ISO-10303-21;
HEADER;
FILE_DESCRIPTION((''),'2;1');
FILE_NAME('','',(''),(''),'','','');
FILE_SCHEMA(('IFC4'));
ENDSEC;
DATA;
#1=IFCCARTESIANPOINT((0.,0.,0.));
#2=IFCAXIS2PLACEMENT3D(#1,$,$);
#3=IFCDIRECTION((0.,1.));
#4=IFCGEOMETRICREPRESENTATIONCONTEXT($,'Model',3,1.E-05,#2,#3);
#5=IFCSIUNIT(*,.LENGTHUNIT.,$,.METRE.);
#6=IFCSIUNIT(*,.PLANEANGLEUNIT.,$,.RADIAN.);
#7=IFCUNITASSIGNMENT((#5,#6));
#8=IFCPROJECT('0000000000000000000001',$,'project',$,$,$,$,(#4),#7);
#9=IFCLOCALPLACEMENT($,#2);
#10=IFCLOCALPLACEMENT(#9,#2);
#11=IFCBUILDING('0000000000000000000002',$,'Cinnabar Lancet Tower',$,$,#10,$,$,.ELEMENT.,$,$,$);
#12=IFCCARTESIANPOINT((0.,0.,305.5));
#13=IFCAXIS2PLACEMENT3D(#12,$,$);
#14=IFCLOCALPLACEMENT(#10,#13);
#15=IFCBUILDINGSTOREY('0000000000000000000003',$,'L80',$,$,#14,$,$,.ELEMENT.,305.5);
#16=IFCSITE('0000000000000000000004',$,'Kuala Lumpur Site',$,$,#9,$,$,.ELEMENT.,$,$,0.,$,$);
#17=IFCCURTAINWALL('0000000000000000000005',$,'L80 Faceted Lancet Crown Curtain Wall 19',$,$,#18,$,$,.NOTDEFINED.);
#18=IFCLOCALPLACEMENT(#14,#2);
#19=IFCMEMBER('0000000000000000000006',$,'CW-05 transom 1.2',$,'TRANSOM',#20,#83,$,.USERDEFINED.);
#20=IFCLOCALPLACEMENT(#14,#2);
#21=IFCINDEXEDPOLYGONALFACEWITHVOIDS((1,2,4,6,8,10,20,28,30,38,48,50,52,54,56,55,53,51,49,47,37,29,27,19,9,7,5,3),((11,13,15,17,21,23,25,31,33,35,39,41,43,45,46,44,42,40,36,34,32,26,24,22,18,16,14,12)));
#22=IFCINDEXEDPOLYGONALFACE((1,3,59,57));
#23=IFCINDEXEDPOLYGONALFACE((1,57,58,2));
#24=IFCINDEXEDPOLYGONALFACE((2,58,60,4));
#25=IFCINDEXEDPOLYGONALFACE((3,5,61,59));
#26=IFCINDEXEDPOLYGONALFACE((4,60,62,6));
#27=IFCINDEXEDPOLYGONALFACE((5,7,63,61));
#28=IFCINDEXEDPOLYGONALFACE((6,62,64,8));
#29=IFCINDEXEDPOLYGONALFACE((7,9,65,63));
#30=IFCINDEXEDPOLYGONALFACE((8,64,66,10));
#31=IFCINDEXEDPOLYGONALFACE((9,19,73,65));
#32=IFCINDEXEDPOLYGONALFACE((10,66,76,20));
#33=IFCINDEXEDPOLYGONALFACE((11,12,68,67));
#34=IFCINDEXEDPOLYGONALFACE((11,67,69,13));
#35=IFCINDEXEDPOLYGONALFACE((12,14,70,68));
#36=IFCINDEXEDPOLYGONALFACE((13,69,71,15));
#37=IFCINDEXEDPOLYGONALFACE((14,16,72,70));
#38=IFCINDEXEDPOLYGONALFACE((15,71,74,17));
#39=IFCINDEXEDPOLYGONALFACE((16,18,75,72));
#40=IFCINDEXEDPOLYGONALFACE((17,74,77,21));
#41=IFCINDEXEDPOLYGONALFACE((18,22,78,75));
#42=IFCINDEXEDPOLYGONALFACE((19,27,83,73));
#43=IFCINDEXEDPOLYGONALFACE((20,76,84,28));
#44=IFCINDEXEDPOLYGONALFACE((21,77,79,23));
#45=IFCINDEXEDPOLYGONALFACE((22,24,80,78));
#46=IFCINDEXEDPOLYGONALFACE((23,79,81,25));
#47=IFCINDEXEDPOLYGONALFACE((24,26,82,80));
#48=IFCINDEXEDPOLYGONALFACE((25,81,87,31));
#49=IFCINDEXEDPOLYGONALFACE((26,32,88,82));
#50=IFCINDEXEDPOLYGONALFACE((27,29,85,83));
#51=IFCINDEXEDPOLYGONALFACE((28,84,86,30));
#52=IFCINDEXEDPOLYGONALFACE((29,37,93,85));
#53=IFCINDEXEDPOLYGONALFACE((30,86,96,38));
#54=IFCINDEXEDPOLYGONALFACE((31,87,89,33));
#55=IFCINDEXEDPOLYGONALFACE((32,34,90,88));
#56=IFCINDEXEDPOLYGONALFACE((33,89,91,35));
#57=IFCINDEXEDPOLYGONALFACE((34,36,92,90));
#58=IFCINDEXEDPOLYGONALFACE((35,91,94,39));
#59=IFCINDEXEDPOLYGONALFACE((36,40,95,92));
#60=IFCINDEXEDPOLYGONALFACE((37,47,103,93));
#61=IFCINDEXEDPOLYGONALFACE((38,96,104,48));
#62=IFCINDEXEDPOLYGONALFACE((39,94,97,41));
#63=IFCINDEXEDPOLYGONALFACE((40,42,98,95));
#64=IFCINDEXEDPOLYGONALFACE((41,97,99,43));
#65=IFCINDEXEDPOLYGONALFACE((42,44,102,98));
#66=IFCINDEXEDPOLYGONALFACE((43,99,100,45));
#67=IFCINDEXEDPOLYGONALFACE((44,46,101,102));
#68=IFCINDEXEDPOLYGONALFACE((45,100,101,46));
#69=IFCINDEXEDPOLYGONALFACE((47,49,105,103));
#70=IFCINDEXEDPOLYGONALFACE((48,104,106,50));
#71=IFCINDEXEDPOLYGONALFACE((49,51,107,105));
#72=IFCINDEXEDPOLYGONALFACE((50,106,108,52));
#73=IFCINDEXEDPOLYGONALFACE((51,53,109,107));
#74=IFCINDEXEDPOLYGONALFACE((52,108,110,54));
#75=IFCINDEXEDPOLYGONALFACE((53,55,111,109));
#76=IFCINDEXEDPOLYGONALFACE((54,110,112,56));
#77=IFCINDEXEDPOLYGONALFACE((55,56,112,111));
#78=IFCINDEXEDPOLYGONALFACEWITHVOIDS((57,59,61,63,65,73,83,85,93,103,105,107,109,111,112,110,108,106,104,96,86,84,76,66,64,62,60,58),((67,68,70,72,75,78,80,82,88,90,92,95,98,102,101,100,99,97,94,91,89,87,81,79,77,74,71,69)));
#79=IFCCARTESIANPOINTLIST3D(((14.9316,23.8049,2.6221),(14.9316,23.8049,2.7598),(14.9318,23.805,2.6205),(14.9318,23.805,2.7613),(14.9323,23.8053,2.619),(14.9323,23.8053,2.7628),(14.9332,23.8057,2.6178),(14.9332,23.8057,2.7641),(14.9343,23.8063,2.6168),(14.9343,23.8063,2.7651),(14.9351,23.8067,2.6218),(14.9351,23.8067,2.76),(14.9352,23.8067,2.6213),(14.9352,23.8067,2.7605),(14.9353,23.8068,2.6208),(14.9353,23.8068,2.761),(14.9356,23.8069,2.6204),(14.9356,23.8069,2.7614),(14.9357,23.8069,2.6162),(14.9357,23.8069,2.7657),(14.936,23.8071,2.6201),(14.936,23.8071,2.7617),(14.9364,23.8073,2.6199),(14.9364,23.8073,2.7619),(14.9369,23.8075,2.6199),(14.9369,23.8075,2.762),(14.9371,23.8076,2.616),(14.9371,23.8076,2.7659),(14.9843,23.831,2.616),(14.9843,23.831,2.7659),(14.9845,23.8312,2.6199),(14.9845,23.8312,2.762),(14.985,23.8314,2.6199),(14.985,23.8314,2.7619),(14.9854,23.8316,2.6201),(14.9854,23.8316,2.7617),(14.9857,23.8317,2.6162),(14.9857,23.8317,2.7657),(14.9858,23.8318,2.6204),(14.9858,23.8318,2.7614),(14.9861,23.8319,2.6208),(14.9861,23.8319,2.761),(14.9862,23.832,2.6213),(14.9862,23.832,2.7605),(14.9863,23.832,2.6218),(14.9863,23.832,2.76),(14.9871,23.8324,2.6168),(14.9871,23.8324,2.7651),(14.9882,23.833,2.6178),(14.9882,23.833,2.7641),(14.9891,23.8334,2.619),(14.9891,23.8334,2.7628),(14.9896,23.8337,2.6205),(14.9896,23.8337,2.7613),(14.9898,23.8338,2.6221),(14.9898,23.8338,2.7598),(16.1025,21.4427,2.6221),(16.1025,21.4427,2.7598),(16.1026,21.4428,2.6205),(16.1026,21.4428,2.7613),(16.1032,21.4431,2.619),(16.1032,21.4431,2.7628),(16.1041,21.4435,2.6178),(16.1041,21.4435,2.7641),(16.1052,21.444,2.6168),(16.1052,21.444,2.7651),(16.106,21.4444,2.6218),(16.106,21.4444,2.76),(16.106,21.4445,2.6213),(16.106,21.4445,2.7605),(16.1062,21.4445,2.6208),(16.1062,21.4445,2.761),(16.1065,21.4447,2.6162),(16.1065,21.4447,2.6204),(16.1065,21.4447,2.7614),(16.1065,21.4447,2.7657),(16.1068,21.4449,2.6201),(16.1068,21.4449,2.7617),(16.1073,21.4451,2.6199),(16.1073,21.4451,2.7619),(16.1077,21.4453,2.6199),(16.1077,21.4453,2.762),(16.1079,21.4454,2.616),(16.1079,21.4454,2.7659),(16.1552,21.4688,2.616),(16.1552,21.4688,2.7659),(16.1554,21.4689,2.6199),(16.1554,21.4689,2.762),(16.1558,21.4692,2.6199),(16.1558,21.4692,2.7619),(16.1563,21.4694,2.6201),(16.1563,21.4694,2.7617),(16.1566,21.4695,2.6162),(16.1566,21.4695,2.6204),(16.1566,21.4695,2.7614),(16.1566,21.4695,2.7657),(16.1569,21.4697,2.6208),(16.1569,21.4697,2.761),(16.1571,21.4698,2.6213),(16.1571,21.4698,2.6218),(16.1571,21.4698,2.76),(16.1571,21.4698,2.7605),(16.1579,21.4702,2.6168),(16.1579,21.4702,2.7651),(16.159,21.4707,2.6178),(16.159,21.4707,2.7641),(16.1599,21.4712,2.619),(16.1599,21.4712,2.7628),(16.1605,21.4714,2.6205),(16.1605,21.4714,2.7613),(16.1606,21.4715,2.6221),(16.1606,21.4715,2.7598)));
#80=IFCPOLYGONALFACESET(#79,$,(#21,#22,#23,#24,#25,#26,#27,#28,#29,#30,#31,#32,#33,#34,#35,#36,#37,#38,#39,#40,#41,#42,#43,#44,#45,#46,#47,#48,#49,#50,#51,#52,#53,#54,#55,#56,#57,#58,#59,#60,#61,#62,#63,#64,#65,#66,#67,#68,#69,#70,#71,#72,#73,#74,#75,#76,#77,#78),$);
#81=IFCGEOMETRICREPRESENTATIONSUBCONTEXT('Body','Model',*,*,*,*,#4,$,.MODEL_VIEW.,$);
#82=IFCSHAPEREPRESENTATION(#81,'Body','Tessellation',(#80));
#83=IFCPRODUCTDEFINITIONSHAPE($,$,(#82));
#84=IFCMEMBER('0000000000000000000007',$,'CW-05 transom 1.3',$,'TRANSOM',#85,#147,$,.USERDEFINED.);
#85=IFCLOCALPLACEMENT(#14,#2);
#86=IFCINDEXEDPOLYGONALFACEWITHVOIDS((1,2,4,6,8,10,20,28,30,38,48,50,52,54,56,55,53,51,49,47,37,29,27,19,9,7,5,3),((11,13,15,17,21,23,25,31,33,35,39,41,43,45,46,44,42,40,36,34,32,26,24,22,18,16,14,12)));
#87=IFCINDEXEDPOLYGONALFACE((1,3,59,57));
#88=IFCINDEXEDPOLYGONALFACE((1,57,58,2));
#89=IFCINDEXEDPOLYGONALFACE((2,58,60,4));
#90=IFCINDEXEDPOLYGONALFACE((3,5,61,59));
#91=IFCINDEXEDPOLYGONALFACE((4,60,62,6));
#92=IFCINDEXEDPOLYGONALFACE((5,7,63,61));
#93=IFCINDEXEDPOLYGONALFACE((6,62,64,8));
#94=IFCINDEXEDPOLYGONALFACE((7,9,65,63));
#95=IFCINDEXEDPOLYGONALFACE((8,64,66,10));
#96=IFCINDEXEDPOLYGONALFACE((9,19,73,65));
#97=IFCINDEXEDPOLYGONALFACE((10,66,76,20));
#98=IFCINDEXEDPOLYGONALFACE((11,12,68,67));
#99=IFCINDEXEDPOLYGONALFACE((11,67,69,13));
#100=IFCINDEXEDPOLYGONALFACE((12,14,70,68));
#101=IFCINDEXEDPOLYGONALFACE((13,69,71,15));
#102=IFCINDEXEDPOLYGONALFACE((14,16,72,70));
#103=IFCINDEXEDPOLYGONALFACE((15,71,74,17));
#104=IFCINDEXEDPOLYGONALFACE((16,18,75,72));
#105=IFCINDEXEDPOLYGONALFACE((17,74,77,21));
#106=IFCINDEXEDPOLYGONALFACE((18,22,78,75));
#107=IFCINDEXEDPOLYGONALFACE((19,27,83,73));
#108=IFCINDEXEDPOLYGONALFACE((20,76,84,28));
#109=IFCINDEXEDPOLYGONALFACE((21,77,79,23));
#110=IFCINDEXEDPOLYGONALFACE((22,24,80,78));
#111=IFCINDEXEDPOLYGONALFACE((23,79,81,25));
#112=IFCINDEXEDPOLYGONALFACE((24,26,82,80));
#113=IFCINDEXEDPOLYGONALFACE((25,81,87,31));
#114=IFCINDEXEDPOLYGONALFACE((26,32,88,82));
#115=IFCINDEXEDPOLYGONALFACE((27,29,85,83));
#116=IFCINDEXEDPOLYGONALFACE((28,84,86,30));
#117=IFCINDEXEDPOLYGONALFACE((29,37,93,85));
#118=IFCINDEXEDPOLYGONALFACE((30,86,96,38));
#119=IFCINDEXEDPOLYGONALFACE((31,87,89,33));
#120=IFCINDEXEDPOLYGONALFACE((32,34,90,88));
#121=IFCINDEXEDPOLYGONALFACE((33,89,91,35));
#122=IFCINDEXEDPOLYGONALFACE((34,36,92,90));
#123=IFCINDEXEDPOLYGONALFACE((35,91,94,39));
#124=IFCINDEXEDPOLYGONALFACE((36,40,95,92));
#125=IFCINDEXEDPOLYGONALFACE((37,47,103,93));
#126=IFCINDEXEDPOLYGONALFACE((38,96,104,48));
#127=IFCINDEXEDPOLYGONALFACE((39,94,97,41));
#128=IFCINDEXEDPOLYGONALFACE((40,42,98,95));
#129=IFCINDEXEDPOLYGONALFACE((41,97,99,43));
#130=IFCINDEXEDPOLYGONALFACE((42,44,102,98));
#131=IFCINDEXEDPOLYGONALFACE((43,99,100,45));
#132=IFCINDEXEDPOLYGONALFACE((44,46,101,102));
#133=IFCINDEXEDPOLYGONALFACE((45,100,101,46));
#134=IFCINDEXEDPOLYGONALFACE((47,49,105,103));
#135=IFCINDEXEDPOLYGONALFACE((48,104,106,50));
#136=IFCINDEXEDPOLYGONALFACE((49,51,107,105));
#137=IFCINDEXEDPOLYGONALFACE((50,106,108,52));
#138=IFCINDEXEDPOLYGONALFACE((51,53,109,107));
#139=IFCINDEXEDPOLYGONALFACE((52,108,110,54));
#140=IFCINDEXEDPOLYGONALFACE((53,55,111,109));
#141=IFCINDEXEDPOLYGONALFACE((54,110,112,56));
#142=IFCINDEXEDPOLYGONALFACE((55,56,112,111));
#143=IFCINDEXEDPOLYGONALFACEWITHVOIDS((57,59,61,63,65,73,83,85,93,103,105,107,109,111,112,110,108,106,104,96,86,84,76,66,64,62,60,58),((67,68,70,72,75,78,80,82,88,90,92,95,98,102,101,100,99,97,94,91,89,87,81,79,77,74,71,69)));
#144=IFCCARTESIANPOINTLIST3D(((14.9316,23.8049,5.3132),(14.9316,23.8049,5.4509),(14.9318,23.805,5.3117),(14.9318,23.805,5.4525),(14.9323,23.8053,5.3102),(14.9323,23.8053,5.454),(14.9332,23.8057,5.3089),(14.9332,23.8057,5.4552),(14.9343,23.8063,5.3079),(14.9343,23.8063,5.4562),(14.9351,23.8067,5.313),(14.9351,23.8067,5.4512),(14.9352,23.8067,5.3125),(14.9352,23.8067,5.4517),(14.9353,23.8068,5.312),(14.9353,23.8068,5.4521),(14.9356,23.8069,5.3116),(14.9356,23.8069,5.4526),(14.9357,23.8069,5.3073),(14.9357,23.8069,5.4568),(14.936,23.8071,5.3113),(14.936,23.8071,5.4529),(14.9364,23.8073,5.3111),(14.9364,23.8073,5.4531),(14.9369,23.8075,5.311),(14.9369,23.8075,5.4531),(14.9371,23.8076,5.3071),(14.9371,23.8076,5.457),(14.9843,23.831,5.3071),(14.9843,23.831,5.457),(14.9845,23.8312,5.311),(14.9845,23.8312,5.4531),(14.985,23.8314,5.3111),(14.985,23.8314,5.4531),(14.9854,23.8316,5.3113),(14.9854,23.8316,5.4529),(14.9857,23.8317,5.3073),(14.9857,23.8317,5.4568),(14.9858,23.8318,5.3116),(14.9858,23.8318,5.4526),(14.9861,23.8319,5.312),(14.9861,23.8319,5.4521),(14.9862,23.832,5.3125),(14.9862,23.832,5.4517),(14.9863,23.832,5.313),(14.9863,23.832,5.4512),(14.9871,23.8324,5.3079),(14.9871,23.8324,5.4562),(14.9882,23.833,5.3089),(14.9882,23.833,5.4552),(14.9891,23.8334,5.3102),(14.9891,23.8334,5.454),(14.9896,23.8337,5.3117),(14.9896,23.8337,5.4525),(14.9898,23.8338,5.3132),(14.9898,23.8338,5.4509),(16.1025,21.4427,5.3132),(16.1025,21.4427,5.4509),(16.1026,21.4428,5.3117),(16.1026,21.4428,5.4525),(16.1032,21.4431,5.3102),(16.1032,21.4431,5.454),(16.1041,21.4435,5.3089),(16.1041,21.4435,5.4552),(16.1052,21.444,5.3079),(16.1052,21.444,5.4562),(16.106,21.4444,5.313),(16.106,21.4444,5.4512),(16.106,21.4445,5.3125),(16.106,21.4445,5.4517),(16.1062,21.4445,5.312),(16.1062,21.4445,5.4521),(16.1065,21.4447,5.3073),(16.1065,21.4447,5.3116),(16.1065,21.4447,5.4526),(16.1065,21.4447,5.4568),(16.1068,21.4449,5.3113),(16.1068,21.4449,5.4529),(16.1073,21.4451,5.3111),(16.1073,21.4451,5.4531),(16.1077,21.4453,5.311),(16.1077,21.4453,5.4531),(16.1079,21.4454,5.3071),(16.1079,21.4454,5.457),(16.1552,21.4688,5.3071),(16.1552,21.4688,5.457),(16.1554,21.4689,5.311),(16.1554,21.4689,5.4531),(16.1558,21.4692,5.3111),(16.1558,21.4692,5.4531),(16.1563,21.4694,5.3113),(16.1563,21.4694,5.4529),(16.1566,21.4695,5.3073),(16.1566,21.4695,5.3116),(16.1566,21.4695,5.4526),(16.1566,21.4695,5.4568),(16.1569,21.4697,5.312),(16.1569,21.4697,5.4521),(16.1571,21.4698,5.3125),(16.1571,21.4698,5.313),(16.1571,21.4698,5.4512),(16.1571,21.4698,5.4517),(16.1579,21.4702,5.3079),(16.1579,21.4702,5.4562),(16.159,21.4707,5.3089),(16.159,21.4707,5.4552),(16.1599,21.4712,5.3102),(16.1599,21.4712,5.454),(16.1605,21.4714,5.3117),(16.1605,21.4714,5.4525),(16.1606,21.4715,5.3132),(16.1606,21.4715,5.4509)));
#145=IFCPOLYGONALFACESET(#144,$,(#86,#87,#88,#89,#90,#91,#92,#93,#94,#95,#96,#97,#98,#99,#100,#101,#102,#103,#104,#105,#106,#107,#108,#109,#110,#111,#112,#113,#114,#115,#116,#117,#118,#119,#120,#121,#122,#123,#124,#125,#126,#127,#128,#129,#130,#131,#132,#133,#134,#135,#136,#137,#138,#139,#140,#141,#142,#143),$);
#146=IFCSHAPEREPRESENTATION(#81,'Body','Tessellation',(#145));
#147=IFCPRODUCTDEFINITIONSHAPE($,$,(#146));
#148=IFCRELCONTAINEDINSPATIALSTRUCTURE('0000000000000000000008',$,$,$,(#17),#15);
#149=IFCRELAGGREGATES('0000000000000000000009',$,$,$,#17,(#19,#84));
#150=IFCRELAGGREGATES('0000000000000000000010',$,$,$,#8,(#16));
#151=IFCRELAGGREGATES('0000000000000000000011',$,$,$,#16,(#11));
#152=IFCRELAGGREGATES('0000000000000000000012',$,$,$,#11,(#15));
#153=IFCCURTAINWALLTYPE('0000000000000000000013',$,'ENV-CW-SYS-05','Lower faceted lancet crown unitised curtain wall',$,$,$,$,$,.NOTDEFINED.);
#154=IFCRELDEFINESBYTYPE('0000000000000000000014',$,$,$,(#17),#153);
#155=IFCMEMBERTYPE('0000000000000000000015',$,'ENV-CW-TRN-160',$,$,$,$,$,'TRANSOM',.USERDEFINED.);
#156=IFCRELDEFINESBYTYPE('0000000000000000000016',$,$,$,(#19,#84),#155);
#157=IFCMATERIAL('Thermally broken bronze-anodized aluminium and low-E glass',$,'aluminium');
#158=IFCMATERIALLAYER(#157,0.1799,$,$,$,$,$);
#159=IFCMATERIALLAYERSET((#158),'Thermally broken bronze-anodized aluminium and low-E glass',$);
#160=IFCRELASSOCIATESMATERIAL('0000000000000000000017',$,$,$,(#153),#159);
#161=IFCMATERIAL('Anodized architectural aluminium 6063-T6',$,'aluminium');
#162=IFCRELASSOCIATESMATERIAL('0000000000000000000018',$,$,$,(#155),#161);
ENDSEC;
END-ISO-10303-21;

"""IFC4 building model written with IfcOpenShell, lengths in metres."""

from ifc_helpers import new_model, si_unit, direction, frame, origin, origin_2d, place, context, subcontext, project, spatial, hollow_rectangle, extrude, material, layer, layer_set, material_profile, profile_set, type_object, element, aggregate, save


model = new_model("IFC4")

# Units and contexts
model_context = context("Model", 3, precision=1e-05, world=origin(), true_north=direction((0.0, 1.0)))
body_context = subcontext(model_context, "Body", "Model", "MODEL_VIEW")
ifc_project = project(units=[si_unit("LENGTHUNIT", "METRE"), si_unit("PLANEANGLEUNIT", "RADIAN")], contexts=[model_context])

# Site, building, storey
site_placement = place(None, origin())
site = spatial("IfcSite", under=ifc_project, at=site_placement, Name="Kuala Lumpur Site", CompositionType="ELEMENT", RefElevation=0.0)
building_placement = place(site_placement, origin())
building = spatial("IfcBuilding", under=site, at=building_placement, Name="Cinnabar Lancet Tower", CompositionType="ELEMENT")
storey_placement = place(building_placement, frame((0.0, 0.0, 305.5)))
storey = spatial("IfcBuildingStorey", under=building, at=storey_placement, Name="L80", CompositionType="ELEMENT", Elevation=305.5)

# Curtain wall
ifc_material_1 = material(Name="Thermally broken bronze-anodized aluminium and low-E glass", Category="aluminium")
ifc_layer_1 = layer(ifc_material_1, 0.1799)
ifc_layer_set_1 = layer_set([ifc_layer_1], Name="Thermally broken bronze-anodized aluminium and low-E glass")
curtain_wall_type = type_object("IfcCurtainWallType", Name="ENV-CW-SYS-05", Description="Lower faceted lancet crown unitised curtain wall", PredefinedType="NOTDEFINED", material=ifc_layer_set_1)
curtain_wall_1_placement = place(storey_placement, origin())
curtain_wall_1 = element("IfcCurtainWall", 1, at=curtain_wall_1_placement, inside=storey, type_object=curtain_wall_type, Name="L80 Faceted Lancet Crown Curtain Wall 19", PredefinedType="NOTDEFINED")

# Members
ifc_material_2 = material(Name="Anodized architectural aluminium 6063-T6", Category="aluminium")
ifc_material_profile_1 = material_profile(ifc_material_2, hollow_rectangle(XDim=0.0649, YDim=0.1499, WallThickness=0.0039, InnerFilletRadius=0.002, OuterFilletRadius=0.0061, at=origin_2d()), Name="CW-TRN 150x65x4")
ifc_profile_set_1 = profile_set([ifc_material_profile_1], Name="Anodized architectural aluminium 6063-T6")
member_type_1 = type_object("IfcMemberType", Name="ENV-CW-TRN-160", ElementType="TRANSOM", PredefinedType="USERDEFINED", material=ifc_profile_set_1)
member_1_placement = place(storey_placement, frame((14.9607, 23.8193, 2.6909), z_axis=(0.4441, -0.895977, 0.0), x_axis=(0.895977, 0.4441, 0.0)))
member_1 = element("IfcMember", 2, at=member_1_placement, type_object=member_type_1, Name="CW-05 transom 1.2", ObjectType="TRANSOM", PredefinedType="USERDEFINED", context=body_context, shape_type="SweptSolid", body=[
    extrude(hollow_rectangle(XDim=0.0649, YDim=0.1499, WallThickness=0.0039, InnerFilletRadius=0.002, OuterFilletRadius=0.0061, at=origin_2d()), origin(), (0.0, 0.0, 1.0), 2.6365),
])
member_2_placement = place(storey_placement, frame((14.9607, 23.8193, 5.3821), z_axis=(0.4441, -0.895977, 0.0), x_axis=(0.895977, 0.4441, 0.0)))
member_2 = element("IfcMember", 3, at=member_2_placement, type_object=member_type_1, Name="CW-05 transom 1.3", ObjectType="TRANSOM", PredefinedType="USERDEFINED", context=body_context, shape_type="SweptSolid", body=[
    extrude(hollow_rectangle(XDim=0.0649, YDim=0.1499, WallThickness=0.0039, InnerFilletRadius=0.002, OuterFilletRadius=0.0061, at=origin_2d()), origin(), (0.0, 0.0, 1.0), 2.6365),
])

aggregate(curtain_wall_1, [member_1, member_2])

save(model, "model.ifc")
